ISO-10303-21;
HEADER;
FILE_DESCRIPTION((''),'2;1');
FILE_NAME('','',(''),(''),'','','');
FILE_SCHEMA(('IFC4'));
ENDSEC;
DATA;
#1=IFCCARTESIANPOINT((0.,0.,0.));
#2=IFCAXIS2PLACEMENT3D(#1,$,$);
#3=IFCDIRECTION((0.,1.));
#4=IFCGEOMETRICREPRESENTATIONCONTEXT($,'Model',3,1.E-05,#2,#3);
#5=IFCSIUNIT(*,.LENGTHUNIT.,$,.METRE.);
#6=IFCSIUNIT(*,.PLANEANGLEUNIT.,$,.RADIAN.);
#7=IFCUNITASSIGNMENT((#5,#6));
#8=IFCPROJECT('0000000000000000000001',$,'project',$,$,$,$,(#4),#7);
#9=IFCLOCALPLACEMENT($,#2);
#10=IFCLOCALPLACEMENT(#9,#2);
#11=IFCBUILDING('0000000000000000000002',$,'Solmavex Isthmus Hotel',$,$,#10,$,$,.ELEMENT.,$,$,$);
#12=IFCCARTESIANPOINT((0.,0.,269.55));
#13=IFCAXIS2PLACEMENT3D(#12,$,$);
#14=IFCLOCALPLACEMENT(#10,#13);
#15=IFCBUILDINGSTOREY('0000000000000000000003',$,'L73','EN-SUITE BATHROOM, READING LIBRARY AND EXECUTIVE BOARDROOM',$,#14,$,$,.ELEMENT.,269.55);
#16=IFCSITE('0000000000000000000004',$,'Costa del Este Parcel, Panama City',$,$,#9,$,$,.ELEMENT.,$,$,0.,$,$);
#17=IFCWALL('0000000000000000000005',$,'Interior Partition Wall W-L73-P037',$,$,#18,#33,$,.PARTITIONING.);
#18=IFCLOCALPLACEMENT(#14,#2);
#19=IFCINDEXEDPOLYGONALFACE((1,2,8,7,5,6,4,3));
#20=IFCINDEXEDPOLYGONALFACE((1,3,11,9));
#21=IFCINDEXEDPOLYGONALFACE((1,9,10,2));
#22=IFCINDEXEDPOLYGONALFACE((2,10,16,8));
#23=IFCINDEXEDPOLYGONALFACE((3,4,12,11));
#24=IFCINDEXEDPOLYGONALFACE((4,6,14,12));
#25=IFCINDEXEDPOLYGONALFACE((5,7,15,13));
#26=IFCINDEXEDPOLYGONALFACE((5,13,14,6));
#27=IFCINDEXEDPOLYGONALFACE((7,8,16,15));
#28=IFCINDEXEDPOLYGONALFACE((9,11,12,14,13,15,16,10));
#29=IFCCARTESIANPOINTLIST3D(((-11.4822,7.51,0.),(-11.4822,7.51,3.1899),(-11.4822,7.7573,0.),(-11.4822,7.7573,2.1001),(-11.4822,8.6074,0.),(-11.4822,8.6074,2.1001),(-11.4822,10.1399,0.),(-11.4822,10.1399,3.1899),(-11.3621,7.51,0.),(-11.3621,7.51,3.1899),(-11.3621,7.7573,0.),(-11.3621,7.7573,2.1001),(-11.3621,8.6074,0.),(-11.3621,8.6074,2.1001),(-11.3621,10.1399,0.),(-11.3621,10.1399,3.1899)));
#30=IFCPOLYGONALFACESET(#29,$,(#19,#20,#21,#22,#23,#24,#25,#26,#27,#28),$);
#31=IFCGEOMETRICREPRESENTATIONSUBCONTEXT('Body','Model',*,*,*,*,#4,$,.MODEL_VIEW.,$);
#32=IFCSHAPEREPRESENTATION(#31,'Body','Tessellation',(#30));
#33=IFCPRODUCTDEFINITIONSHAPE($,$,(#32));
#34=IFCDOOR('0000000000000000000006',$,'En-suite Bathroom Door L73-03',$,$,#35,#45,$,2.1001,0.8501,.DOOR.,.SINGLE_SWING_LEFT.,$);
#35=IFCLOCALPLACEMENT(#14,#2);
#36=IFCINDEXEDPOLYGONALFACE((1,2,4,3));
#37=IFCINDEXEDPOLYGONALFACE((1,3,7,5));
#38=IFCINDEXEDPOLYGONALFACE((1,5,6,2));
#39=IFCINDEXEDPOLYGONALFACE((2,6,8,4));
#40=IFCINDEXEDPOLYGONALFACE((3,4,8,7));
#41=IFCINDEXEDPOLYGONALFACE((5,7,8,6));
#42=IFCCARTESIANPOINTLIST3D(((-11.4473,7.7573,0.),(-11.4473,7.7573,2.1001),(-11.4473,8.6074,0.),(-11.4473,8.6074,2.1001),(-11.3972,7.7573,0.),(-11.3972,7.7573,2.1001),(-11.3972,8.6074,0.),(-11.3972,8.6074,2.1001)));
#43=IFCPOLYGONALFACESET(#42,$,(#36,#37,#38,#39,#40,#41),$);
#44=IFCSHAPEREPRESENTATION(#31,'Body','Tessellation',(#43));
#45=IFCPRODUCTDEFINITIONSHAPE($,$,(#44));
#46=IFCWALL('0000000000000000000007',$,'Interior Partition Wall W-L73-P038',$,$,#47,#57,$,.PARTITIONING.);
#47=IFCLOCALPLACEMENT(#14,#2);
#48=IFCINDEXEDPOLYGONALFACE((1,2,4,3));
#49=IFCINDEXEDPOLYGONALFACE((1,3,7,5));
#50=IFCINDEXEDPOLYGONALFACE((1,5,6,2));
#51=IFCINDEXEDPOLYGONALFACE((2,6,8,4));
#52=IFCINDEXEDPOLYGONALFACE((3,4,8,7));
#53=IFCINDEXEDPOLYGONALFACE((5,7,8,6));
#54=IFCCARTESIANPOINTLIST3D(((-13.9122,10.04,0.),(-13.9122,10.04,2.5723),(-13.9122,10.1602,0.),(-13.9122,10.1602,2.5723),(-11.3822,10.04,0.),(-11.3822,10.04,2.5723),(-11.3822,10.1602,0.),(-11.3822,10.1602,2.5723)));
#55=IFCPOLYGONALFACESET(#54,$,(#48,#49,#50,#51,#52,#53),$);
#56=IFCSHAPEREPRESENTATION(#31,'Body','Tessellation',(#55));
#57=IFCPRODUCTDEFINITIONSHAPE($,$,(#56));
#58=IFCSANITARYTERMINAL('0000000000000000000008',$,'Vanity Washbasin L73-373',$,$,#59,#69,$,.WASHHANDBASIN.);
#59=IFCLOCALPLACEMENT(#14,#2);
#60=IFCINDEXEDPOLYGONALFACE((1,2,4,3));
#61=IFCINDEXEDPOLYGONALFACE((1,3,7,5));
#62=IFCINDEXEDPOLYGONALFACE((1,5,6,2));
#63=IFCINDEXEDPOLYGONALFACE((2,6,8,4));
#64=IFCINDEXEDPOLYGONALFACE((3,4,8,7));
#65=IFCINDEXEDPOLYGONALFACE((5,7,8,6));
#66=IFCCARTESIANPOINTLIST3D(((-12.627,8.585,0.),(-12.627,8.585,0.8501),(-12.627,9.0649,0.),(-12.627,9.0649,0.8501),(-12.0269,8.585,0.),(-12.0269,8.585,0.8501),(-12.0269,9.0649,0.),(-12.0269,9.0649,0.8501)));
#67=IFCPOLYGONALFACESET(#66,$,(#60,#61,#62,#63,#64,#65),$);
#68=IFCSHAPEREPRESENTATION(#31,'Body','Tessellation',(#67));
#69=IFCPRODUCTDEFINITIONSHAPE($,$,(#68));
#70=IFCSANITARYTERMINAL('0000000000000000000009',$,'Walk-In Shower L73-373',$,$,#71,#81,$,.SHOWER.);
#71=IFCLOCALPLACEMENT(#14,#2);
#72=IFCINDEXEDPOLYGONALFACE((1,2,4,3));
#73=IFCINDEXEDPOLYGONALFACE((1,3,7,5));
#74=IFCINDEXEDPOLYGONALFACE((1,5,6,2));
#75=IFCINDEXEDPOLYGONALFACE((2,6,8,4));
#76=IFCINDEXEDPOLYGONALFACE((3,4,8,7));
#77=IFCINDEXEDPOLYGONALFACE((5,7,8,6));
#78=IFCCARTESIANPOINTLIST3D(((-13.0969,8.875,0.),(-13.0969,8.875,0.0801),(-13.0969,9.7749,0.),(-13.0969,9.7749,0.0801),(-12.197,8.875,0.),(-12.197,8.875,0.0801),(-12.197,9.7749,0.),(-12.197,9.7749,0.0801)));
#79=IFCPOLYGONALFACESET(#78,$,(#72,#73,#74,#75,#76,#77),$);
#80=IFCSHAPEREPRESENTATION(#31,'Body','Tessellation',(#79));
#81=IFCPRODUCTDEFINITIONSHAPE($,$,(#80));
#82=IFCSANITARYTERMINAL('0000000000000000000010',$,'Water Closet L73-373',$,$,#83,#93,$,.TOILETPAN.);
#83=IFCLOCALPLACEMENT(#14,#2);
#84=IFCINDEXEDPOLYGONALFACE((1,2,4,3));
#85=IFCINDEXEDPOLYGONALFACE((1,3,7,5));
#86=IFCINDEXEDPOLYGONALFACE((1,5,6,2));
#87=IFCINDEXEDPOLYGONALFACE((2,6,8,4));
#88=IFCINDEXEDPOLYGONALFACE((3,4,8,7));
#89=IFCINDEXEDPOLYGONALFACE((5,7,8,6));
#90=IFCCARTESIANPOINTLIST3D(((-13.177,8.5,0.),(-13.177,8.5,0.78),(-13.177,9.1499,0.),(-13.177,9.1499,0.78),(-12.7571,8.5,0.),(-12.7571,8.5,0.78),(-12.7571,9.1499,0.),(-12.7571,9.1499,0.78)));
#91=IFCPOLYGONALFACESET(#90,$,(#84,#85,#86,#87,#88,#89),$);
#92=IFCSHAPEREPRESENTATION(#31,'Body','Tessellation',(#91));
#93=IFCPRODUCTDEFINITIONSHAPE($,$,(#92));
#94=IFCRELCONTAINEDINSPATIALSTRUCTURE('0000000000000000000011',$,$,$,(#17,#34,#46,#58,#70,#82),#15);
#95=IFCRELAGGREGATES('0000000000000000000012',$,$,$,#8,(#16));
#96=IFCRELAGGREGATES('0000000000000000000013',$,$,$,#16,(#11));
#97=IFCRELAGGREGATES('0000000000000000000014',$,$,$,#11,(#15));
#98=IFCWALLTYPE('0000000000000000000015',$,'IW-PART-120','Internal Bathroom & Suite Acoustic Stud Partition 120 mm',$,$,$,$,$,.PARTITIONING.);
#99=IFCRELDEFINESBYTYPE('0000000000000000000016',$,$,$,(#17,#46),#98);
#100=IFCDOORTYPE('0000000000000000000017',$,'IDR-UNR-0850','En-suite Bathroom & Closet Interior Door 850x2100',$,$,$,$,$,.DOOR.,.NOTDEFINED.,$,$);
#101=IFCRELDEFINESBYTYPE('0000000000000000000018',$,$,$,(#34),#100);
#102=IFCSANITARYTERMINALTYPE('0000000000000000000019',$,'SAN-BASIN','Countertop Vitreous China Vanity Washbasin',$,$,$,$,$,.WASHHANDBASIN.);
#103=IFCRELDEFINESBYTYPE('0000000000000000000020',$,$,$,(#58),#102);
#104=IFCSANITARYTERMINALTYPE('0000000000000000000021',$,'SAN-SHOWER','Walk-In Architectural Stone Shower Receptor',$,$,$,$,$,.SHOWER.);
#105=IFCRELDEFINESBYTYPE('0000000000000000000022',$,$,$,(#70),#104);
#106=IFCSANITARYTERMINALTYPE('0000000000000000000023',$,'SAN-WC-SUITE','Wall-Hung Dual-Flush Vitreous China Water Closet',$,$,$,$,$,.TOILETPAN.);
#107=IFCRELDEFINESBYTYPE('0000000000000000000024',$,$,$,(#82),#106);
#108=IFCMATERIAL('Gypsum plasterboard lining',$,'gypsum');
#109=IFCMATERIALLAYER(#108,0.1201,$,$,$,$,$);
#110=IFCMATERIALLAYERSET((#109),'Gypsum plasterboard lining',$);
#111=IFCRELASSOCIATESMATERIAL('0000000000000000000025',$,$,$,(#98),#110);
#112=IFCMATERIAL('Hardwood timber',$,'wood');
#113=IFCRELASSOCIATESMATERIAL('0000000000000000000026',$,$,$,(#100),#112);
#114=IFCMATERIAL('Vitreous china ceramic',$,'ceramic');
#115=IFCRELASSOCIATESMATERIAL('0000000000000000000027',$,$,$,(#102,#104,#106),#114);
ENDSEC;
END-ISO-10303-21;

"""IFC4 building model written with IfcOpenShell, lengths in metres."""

from ifc_helpers import new_model, si_unit, direction, frame, frame_2d, origin, origin_2d, place, context, subcontext, project, spatial, rectangle, extrude, material, layer, layer_set, type_object, element, fill, save


model = new_model("IFC4")

# Units and contexts
model_context = context("Model", 3, precision=1e-05, world=origin(), true_north=direction((0.0, 1.0)))
body_context = subcontext(model_context, "Body", "Model", "MODEL_VIEW")
ifc_project = project(units=[si_unit("LENGTHUNIT", "METRE"), si_unit("PLANEANGLEUNIT", "RADIAN")], contexts=[model_context])

# Site, building, storey
site_placement = place(None, origin())
site = spatial("IfcSite", under=ifc_project, at=site_placement, Name="Costa del Este Parcel, Panama City", CompositionType="ELEMENT", RefElevation=0.0)
building_placement = place(site_placement, origin())
building = spatial("IfcBuilding", under=site, at=building_placement, Name="Solmavex Isthmus Hotel", CompositionType="ELEMENT")
storey_placement = place(building_placement, frame((0.0, 0.0, 269.55)))
storey = spatial("IfcBuildingStorey", under=building, at=storey_placement, Name="L73", Description="EN-SUITE BATHROOM, READING LIBRARY AND EXECUTIVE BOARDROOM", CompositionType="ELEMENT", Elevation=269.55)

# Shared definitions
ifc_material_1 = material(Name="Gypsum plasterboard lining", Category="gypsum")

# Wall, opening, door
ifc_material_2 = material(Name="Hardwood timber", Category="wood")
ifc_layer_1 = layer(ifc_material_1, 0.1201)
ifc_layer_set_1 = layer_set([ifc_layer_1], Name="Gypsum plasterboard lining")
wall_type_1 = type_object("IfcWallType", Name="IW-PART-120", Description="Internal Bathroom & Suite Acoustic Stud Partition 120 mm", PredefinedType="PARTITIONING", material=ifc_layer_set_1)
wall_1_placement = place(storey_placement, frame((-11.4221, 7.51, 0.0), z_axis=(0.0, 0.0, 1.0), x_axis=(0.0, 1.0, 0.0)))
wall_1 = element("IfcWall", 1, at=wall_1_placement, inside=storey, type_object=wall_type_1, Name="Interior Partition Wall W-L73-P037", PredefinedType="PARTITIONING", context=body_context, shape_type="SweptSolid", body=[
    extrude(rectangle(XDim=2.6299, YDim=0.1201, at=frame_2d((1.3149, 0.0))), origin(), (0.0, 0.0, 1.0), 3.1899),
])
opening_1_placement = place(wall_1_placement, frame((0.2473, 0.0, 0.0)))
opening_1 = element("IfcOpeningElement", 2, at=opening_1_placement, cuts=wall_1, PredefinedType="OPENING", context=body_context, shape_type="SweptSolid", body=[
    extrude(rectangle(XDim=0.8501, YDim=2.1001, at=frame_2d((0.425, 1.05))), frame((0.0, 0.0701, 0.0), z_axis=(0.0, -1.0, 0.0), x_axis=(1.0, 0.0, 0.0)), (0.0, 0.0, 1.0), 0.1401),
])
door_type_1 = type_object("IfcDoorType", Name="IDR-UNR-0850", Description="En-suite Bathroom & Closet Interior Door 850x2100", OperationType="NOTDEFINED", PredefinedType="DOOR", material=ifc_material_2)
door_1_placement = place(opening_1_placement, frame((0.8501, 0.0, 0.0), z_axis=(0.0, 0.0, 1.0), x_axis=(-1.0, 0.0, 0.0)))
door_1 = element("IfcDoor", 3, at=door_1_placement, inside=storey, type_object=door_type_1, Name="En-suite Bathroom Door L73-03", OperationType="SINGLE_SWING_LEFT", OverallHeight=2.1001, OverallWidth=0.8501, PredefinedType="DOOR", context=body_context, shape_type="SweptSolid", body=[
    extrude(rectangle(XDim=0.8501, YDim=2.1001, at=frame_2d((0.425, 1.05))), frame((0.0, 0.0249, 0.0), z_axis=(0.0, -1.0, 0.0), x_axis=(1.0, 0.0, 0.0)), (0.0, 0.0, 1.0), 0.05),
])
fill(opening_1, door_1)

# Wall
wall_2_placement = place(storey_placement, frame((-11.3821, 10.1001, 0.0), z_axis=(0.0, 0.0, 1.0), x_axis=(-1.0, 0.0, 0.0)))
element("IfcWall", 4, at=wall_2_placement, inside=storey, type_object=wall_type_1, Name="Interior Partition Wall W-L73-P038", PredefinedType="PARTITIONING", context=body_context, shape_type="SweptSolid", body=[
    extrude(rectangle(XDim=2.53, YDim=0.1201, at=frame_2d((1.2651, 0.0))), origin(), (0.0, 0.0, 1.0), 2.5723),
])

# Sanitary terminals
ifc_material_3 = material(Name="Vitreous china ceramic", Category="ceramic")
sanitary_terminal_type_1 = type_object("IfcSanitaryTerminalType", Name="SAN-BASIN", Description="Countertop Vitreous China Vanity Washbasin", PredefinedType="WASHHANDBASIN", material=ifc_material_3)
sanitary_terminal_1_placement = place(storey_placement, frame((-12.3269, 8.825, 0.0), z_axis=(0.0, 0.0, 1.0), x_axis=(1.0, 0.0, 0.0)))
element("IfcSanitaryTerminal", 5, at=sanitary_terminal_1_placement, inside=storey, type_object=sanitary_terminal_type_1, Name="Vanity Washbasin L73-373", PredefinedType="WASHHANDBASIN", context=body_context, shape_type="SweptSolid", body=[
    extrude(rectangle(XDim=0.6001, YDim=0.48, at=origin_2d()), origin(), (0.0, 0.0, 1.0), 0.8501),
])
sanitary_terminal_type_2 = type_object("IfcSanitaryTerminalType", Name="SAN-SHOWER", Description="Walk-In Architectural Stone Shower Receptor", PredefinedType="SHOWER", material=ifc_material_3)
sanitary_terminal_2_placement = place(storey_placement, frame((-12.647, 9.325, 0.0), z_axis=(0.0, 0.0, 1.0), x_axis=(1.0, 0.0, 0.0)))
element("IfcSanitaryTerminal", 6, at=sanitary_terminal_2_placement, inside=storey, type_object=sanitary_terminal_type_2, Name="Walk-In Shower L73-373", PredefinedType="SHOWER", context=body_context, shape_type="SweptSolid", body=[
    extrude(rectangle(XDim=0.8999, YDim=0.8999, at=origin_2d()), origin(), (0.0, 0.0, 1.0), 0.0801),
])
sanitary_terminal_type_3 = type_object("IfcSanitaryTerminalType", Name="SAN-WC-SUITE", Description="Wall-Hung Dual-Flush Vitreous China Water Closet", PredefinedType="TOILETPAN", material=ifc_material_3)
sanitary_terminal_3_placement = place(storey_placement, frame((-12.967, 8.825, 0.0), z_axis=(0.0, 0.0, 1.0), x_axis=(1.0, 0.0, 0.0)))
element("IfcSanitaryTerminal", 7, at=sanitary_terminal_3_placement, inside=storey, type_object=sanitary_terminal_type_3, Name="Water Closet L73-373", PredefinedType="TOILETPAN", context=body_context, shape_type="SweptSolid", body=[
    extrude(rectangle(XDim=0.4199, YDim=0.6499, at=origin_2d()), origin(), (0.0, 0.0, 1.0), 0.78),
])

save(model, "model.ifc")
